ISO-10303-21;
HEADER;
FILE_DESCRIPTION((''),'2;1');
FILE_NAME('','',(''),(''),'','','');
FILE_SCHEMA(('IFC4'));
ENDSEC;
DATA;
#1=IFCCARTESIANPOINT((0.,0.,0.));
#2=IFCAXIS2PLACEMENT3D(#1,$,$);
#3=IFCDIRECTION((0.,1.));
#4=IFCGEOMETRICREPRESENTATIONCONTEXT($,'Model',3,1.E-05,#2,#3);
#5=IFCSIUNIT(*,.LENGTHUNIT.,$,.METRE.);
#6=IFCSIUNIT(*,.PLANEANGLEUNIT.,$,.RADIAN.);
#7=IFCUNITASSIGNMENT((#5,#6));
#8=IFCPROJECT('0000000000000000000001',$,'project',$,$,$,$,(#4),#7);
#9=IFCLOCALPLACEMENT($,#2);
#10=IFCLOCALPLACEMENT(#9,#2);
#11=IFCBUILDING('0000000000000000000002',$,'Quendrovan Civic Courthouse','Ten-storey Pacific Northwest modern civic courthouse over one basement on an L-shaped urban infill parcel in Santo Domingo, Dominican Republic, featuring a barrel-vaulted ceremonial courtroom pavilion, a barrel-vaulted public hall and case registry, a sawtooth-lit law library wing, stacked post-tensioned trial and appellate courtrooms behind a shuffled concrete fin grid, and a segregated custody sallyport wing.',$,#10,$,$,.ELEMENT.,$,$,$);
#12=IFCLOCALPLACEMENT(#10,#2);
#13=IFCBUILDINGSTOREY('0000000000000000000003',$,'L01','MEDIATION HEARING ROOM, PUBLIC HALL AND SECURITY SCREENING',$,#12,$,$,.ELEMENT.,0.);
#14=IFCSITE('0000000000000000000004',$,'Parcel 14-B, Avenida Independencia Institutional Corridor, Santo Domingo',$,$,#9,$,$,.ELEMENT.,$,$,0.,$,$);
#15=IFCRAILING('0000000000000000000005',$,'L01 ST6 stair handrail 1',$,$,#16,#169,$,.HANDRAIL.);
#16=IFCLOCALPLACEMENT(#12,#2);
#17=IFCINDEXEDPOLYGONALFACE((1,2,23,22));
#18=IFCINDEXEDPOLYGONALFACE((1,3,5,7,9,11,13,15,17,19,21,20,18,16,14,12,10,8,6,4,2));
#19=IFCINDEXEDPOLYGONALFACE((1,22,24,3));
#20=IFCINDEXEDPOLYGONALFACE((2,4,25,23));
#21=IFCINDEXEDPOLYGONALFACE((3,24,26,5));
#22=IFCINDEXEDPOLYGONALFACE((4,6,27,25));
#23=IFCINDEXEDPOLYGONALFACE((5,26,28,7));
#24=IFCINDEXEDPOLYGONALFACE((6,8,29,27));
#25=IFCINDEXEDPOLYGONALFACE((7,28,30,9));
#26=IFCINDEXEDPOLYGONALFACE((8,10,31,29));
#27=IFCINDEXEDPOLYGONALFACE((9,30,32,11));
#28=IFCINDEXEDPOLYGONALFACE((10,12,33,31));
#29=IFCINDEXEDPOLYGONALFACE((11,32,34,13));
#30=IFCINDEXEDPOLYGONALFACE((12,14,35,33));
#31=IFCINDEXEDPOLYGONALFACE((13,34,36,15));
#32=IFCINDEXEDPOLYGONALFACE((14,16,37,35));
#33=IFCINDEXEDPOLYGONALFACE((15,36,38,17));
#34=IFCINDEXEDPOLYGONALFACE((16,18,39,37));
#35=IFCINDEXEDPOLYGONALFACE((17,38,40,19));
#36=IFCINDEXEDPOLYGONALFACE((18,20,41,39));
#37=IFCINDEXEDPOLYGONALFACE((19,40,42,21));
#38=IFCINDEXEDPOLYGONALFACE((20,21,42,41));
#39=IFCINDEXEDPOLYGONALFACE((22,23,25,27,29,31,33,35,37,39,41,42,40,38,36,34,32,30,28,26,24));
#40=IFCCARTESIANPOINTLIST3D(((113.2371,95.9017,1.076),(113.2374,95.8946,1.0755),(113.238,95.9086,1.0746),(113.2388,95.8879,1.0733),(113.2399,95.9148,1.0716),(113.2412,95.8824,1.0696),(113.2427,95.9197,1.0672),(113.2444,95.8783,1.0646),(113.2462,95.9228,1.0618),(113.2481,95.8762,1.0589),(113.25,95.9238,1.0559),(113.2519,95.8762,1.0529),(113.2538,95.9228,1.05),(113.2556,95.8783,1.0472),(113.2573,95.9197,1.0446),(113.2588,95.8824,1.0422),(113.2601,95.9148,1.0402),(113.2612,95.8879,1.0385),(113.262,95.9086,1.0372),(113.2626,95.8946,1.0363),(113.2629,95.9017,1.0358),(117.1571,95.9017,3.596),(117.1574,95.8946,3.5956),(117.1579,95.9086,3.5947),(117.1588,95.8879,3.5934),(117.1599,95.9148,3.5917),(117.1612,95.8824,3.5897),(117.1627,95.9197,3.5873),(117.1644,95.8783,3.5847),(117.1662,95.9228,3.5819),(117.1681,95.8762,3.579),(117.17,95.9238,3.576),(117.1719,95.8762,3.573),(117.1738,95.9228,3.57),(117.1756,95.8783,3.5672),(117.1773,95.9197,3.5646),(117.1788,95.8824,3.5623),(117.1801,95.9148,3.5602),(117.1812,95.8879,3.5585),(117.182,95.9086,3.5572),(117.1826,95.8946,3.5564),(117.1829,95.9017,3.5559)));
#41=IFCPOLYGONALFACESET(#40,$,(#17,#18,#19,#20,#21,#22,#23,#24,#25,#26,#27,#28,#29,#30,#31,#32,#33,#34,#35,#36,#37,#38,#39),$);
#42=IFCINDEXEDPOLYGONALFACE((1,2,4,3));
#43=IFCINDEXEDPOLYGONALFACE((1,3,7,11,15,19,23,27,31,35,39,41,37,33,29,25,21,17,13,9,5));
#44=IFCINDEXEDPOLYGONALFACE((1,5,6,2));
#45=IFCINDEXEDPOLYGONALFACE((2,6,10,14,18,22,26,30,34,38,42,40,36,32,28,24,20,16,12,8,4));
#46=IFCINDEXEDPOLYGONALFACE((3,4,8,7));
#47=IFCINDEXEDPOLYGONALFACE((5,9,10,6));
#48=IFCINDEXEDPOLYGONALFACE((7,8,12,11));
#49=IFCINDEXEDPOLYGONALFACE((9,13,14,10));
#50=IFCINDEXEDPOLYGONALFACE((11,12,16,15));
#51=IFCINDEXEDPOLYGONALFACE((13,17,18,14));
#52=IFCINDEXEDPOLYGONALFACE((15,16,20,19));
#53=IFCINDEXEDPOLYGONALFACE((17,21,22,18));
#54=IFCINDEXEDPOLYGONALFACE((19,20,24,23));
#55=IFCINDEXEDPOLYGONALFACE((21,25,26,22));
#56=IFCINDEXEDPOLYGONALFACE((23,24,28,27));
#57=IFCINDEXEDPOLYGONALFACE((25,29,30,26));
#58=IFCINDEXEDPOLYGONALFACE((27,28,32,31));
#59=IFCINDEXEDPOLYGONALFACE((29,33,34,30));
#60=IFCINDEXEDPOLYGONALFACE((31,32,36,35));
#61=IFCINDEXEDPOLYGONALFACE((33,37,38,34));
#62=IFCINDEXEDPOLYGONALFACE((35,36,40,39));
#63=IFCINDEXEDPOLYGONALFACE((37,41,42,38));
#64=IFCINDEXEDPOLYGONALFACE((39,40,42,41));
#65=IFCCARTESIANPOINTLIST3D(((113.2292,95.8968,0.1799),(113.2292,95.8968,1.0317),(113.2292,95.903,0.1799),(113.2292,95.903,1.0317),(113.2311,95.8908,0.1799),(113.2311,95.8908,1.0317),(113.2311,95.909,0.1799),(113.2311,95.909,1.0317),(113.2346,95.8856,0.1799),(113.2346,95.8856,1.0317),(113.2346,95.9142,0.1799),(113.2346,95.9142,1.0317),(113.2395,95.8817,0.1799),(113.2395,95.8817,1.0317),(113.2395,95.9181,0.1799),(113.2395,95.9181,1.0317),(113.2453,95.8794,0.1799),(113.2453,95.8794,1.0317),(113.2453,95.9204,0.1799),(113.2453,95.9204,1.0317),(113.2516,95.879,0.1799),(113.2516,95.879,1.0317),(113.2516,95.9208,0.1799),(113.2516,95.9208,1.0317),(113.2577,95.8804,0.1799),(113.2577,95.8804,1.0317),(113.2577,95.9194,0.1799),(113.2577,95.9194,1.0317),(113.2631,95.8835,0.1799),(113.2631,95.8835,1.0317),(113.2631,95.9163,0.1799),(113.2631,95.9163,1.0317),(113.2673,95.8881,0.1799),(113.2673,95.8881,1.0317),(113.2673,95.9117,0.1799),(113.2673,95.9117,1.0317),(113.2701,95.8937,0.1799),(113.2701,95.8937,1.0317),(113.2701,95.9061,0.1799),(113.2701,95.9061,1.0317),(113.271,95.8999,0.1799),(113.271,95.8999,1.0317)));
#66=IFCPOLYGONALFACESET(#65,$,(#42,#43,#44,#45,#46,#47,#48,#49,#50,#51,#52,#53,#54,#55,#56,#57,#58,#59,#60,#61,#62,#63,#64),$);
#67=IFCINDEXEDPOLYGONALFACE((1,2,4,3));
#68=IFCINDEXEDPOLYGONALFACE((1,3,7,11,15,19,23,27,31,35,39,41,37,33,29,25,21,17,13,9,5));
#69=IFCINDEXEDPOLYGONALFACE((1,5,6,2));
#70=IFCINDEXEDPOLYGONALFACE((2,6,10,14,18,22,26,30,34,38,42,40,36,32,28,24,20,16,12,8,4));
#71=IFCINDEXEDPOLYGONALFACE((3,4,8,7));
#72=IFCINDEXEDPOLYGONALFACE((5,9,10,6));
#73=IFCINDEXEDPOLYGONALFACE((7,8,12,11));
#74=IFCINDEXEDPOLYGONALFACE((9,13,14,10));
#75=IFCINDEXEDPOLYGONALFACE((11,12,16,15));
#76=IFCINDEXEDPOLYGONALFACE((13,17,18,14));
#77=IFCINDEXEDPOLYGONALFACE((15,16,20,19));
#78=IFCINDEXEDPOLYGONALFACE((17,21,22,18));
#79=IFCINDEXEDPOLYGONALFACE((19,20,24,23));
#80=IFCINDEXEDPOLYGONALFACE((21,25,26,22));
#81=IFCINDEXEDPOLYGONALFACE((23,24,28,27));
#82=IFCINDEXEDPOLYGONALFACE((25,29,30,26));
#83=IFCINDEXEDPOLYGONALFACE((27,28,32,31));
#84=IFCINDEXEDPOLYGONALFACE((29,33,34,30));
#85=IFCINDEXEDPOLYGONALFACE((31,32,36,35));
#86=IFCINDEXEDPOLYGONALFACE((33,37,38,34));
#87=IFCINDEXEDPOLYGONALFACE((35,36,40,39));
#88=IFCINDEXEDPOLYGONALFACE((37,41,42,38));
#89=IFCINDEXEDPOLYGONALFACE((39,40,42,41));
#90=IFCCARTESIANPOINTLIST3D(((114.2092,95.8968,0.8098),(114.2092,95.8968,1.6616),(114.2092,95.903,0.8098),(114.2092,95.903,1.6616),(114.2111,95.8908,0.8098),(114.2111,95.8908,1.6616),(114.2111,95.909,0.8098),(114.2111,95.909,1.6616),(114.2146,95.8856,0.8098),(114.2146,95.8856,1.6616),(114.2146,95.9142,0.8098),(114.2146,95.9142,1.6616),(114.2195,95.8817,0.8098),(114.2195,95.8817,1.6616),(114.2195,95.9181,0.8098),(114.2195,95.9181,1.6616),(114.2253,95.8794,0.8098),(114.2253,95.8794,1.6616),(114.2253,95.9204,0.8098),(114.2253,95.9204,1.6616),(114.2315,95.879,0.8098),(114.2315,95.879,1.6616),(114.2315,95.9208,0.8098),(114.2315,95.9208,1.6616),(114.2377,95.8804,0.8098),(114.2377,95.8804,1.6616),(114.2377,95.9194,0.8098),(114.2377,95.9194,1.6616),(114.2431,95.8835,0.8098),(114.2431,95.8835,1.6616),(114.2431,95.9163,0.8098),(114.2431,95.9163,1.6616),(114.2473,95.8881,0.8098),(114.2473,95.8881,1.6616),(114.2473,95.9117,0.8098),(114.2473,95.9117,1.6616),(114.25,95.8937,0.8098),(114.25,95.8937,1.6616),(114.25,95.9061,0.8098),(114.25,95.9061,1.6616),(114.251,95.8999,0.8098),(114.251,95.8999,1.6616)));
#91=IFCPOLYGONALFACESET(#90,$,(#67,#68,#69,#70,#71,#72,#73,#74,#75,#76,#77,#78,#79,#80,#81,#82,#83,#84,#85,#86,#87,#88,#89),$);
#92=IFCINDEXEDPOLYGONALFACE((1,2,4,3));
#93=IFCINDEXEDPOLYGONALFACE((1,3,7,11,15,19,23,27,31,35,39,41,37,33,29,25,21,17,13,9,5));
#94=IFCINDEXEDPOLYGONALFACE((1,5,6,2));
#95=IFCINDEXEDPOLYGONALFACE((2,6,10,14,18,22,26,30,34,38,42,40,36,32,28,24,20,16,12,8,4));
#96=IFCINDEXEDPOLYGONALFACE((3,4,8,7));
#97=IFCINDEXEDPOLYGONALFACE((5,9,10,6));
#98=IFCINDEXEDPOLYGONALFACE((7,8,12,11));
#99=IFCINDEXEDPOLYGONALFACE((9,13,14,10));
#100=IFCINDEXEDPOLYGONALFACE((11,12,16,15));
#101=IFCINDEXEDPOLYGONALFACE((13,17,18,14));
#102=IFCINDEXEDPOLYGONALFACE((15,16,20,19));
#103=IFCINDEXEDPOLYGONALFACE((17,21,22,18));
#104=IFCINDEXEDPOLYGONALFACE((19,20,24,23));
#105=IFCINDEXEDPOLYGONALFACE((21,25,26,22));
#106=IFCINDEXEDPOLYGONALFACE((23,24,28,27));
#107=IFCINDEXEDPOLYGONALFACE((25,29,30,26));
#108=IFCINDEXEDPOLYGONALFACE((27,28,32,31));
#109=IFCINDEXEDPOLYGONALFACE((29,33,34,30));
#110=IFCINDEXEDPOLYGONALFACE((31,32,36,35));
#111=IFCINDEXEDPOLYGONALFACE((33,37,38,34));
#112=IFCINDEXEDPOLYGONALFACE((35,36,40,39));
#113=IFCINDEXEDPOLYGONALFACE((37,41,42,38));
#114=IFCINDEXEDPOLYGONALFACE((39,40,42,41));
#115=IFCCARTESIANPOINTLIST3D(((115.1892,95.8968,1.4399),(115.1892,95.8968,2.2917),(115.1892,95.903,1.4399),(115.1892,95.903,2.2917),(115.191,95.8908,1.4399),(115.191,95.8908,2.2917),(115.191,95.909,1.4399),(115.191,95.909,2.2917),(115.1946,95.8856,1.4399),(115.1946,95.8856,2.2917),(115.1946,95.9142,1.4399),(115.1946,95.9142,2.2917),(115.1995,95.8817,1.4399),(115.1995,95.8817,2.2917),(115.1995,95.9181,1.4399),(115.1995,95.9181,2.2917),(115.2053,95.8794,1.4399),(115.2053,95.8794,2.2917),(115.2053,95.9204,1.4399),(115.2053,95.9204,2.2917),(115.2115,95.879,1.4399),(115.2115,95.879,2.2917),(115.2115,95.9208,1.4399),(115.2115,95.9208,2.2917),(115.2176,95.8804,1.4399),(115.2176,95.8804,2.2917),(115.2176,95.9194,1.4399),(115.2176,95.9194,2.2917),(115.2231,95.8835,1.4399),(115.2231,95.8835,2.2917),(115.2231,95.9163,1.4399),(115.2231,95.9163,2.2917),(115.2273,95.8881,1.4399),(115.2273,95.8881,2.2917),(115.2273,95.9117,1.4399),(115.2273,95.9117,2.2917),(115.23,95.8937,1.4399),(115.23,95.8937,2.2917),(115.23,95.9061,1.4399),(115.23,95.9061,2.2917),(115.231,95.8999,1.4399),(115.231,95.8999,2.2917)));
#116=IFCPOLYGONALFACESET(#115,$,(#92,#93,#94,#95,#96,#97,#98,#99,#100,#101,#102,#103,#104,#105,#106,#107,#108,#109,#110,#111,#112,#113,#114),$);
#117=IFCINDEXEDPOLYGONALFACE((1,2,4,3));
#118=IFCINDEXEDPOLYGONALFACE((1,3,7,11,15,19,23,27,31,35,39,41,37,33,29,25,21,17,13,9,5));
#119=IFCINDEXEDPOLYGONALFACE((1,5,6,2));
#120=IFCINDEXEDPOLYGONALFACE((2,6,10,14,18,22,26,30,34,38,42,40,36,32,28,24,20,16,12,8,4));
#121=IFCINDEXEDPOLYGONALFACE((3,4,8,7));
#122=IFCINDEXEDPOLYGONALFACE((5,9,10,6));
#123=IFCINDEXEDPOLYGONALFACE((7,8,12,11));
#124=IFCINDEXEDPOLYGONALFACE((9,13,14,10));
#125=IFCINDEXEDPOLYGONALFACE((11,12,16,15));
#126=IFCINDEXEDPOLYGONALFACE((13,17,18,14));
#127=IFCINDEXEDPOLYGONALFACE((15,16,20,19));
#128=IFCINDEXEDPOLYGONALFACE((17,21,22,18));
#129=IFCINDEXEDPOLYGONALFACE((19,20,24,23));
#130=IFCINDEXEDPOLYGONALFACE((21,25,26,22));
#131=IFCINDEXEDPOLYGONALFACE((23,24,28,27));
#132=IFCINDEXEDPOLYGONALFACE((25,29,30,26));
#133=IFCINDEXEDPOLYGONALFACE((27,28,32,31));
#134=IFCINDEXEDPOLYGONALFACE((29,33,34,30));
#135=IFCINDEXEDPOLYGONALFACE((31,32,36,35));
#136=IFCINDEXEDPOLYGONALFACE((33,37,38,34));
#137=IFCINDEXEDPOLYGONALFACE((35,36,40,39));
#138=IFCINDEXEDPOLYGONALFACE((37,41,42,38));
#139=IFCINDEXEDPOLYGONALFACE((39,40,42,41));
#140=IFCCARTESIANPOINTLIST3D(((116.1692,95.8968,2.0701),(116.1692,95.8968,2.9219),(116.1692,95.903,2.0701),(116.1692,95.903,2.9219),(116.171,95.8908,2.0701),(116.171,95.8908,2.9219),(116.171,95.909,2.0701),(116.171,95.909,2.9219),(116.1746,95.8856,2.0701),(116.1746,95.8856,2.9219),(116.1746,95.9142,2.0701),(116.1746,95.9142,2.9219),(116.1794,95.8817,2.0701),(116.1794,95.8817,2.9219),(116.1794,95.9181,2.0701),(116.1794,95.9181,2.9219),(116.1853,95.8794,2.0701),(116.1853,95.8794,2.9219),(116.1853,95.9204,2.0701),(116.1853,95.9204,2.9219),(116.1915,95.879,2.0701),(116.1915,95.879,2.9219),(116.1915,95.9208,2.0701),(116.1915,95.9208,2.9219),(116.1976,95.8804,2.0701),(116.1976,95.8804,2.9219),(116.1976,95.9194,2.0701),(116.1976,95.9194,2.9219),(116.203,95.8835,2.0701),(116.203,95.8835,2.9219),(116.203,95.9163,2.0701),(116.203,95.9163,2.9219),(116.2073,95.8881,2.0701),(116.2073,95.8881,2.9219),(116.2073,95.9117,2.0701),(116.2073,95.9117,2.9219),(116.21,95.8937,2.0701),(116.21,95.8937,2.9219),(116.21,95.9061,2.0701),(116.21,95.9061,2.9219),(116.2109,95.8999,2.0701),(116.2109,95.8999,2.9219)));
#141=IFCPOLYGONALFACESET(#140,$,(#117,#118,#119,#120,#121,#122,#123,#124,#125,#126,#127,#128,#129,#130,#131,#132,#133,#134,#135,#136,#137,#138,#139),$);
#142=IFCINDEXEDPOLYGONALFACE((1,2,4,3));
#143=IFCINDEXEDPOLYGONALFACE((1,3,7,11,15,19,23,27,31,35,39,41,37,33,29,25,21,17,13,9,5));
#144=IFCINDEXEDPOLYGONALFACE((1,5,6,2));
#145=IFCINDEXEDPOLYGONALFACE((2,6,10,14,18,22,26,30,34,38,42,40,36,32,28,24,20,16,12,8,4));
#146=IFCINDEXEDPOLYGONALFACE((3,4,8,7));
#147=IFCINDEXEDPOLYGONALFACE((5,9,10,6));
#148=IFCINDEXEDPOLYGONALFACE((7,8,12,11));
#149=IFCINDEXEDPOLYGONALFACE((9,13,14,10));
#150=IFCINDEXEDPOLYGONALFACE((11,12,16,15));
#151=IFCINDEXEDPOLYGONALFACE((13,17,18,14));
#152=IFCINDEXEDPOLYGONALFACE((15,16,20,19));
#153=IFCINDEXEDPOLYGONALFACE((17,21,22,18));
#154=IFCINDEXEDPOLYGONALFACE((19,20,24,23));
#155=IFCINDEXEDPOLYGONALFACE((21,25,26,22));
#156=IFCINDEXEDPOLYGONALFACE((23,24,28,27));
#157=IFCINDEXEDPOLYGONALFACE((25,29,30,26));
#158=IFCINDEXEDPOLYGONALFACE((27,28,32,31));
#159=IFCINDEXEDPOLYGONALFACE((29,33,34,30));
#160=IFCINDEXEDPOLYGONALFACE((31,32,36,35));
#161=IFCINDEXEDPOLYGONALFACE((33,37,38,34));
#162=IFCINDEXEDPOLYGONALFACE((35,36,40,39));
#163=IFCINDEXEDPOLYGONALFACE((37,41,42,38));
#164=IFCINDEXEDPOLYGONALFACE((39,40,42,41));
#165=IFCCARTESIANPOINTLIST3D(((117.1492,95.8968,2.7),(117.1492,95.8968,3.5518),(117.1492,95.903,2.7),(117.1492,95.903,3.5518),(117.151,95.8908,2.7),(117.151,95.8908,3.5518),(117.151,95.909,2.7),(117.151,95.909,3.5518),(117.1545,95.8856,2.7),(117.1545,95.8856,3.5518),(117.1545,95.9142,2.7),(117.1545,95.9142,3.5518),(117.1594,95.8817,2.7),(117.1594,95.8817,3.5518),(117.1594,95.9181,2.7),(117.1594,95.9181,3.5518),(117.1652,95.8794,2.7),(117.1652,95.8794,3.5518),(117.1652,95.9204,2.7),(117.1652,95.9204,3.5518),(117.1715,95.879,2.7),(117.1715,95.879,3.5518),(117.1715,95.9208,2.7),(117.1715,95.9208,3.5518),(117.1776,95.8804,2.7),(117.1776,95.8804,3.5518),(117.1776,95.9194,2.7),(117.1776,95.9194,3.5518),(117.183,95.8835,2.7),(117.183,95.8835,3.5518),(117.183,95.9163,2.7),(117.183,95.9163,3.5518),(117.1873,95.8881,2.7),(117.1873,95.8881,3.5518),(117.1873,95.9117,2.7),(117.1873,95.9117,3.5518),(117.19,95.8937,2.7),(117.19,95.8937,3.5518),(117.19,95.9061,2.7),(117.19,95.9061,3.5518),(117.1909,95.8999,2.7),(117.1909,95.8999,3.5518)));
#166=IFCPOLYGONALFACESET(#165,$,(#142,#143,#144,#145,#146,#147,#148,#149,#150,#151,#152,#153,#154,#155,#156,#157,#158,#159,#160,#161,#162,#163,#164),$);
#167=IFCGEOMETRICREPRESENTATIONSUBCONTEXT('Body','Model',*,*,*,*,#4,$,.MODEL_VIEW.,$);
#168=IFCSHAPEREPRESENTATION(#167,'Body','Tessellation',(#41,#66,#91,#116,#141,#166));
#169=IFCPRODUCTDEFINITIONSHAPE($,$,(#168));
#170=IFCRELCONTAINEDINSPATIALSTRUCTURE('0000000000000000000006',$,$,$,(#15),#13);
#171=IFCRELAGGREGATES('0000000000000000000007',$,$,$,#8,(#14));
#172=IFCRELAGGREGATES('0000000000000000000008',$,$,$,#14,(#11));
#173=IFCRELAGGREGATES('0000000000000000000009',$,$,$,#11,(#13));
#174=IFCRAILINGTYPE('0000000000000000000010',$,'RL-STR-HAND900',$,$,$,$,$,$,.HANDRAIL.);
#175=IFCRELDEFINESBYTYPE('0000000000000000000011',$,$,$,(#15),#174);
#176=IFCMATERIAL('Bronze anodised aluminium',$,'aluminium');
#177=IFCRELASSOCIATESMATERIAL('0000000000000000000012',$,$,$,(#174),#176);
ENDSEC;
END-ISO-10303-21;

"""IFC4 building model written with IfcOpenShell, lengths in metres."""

from ifc_helpers import new_model, si_unit, direction, frame, origin, origin_2d, place, context, subcontext, project, spatial, circle, extrude, material, type_object, element, save


model = new_model("IFC4")

# Units and contexts
model_context = context("Model", 3, precision=1e-05, world=origin(), true_north=direction((0.0, 1.0)))
body_context = subcontext(model_context, "Body", "Model", "MODEL_VIEW")
ifc_project = project(units=[si_unit("LENGTHUNIT", "METRE"), si_unit("PLANEANGLEUNIT", "RADIAN")], contexts=[model_context])

# Site, building, storey
site_placement = place(None, origin())
site = spatial("IfcSite", under=ifc_project, at=site_placement, Name="Parcel 14-B, Avenida Independencia Institutional Corridor, Santo Domingo", CompositionType="ELEMENT", RefElevation=0.0)
building_placement = place(site_placement, origin())
building = spatial("IfcBuilding", under=site, at=building_placement, Name="Quendrovan Civic Courthouse", Description="Ten-storey Pacific Northwest modern civic courthouse over one basement on an L-shaped urban infill parcel in Santo Domingo, Dominican Republic, featuring a barrel-vaulted ceremonial courtroom pavilion, a barrel-vaulted public hall and case registry, a sawtooth-lit law library wing, stacked post-tensioned trial and appellate courtrooms behind a shuffled concrete fin grid, and a segregated custody sallyport wing.", CompositionType="ELEMENT")
storey_placement = place(building_placement, origin())
storey = spatial("IfcBuildingStorey", under=building, at=storey_placement, Name="L01", Description="MEDIATION HEARING ROOM, PUBLIC HALL AND SECURITY SCREENING", CompositionType="ELEMENT", Elevation=0.0)

# Railing
ifc_material_1 = material(Name="Bronze anodised aluminium", Category="aluminium")
railing_type_1 = type_object("IfcRailingType", Name="RL-STR-HAND900", PredefinedType="HANDRAIL", material=ifc_material_1)
railing_1_placement = place(storey_placement, frame((113.25, 95.8999, 0.1799)))
element("IfcRailing", 1, at=railing_1_placement, inside=storey, type_object=railing_type_1, Name="L01 ST6 stair handrail 1", PredefinedType="HANDRAIL", context=body_context, shape_type="SweptSolid", body=[
    extrude(circle(Radius=0.0239, at=origin_2d()), frame((0.0, 0.0, 0.876), z_axis=(0.841172, 0.0, 0.540768), x_axis=(0.0, 1.0, 0.0)), (0.0, 0.0, 1.0), 4.6602),
    extrude(circle(Radius=0.021, at=origin_2d()), origin(), (0.0, 0.0, 1.0), 0.8518),
    extrude(circle(Radius=0.021, at=origin_2d()), frame((0.98, 0.0, 0.6299)), (0.0, 0.0, 1.0), 0.8518),
    extrude(circle(Radius=0.021, at=origin_2d()), frame((1.96, 0.0, 1.26)), (0.0, 0.0, 1.0), 0.8518),
    extrude(circle(Radius=0.021, at=origin_2d()), frame((2.9399, 0.0, 1.8901)), (0.0, 0.0, 1.0), 0.8518),
    extrude(circle(Radius=0.021, at=origin_2d()), frame((3.9199, 0.0, 2.52)), (0.0, 0.0, 1.0), 0.8518),
])

save(model, "model.ifc")
